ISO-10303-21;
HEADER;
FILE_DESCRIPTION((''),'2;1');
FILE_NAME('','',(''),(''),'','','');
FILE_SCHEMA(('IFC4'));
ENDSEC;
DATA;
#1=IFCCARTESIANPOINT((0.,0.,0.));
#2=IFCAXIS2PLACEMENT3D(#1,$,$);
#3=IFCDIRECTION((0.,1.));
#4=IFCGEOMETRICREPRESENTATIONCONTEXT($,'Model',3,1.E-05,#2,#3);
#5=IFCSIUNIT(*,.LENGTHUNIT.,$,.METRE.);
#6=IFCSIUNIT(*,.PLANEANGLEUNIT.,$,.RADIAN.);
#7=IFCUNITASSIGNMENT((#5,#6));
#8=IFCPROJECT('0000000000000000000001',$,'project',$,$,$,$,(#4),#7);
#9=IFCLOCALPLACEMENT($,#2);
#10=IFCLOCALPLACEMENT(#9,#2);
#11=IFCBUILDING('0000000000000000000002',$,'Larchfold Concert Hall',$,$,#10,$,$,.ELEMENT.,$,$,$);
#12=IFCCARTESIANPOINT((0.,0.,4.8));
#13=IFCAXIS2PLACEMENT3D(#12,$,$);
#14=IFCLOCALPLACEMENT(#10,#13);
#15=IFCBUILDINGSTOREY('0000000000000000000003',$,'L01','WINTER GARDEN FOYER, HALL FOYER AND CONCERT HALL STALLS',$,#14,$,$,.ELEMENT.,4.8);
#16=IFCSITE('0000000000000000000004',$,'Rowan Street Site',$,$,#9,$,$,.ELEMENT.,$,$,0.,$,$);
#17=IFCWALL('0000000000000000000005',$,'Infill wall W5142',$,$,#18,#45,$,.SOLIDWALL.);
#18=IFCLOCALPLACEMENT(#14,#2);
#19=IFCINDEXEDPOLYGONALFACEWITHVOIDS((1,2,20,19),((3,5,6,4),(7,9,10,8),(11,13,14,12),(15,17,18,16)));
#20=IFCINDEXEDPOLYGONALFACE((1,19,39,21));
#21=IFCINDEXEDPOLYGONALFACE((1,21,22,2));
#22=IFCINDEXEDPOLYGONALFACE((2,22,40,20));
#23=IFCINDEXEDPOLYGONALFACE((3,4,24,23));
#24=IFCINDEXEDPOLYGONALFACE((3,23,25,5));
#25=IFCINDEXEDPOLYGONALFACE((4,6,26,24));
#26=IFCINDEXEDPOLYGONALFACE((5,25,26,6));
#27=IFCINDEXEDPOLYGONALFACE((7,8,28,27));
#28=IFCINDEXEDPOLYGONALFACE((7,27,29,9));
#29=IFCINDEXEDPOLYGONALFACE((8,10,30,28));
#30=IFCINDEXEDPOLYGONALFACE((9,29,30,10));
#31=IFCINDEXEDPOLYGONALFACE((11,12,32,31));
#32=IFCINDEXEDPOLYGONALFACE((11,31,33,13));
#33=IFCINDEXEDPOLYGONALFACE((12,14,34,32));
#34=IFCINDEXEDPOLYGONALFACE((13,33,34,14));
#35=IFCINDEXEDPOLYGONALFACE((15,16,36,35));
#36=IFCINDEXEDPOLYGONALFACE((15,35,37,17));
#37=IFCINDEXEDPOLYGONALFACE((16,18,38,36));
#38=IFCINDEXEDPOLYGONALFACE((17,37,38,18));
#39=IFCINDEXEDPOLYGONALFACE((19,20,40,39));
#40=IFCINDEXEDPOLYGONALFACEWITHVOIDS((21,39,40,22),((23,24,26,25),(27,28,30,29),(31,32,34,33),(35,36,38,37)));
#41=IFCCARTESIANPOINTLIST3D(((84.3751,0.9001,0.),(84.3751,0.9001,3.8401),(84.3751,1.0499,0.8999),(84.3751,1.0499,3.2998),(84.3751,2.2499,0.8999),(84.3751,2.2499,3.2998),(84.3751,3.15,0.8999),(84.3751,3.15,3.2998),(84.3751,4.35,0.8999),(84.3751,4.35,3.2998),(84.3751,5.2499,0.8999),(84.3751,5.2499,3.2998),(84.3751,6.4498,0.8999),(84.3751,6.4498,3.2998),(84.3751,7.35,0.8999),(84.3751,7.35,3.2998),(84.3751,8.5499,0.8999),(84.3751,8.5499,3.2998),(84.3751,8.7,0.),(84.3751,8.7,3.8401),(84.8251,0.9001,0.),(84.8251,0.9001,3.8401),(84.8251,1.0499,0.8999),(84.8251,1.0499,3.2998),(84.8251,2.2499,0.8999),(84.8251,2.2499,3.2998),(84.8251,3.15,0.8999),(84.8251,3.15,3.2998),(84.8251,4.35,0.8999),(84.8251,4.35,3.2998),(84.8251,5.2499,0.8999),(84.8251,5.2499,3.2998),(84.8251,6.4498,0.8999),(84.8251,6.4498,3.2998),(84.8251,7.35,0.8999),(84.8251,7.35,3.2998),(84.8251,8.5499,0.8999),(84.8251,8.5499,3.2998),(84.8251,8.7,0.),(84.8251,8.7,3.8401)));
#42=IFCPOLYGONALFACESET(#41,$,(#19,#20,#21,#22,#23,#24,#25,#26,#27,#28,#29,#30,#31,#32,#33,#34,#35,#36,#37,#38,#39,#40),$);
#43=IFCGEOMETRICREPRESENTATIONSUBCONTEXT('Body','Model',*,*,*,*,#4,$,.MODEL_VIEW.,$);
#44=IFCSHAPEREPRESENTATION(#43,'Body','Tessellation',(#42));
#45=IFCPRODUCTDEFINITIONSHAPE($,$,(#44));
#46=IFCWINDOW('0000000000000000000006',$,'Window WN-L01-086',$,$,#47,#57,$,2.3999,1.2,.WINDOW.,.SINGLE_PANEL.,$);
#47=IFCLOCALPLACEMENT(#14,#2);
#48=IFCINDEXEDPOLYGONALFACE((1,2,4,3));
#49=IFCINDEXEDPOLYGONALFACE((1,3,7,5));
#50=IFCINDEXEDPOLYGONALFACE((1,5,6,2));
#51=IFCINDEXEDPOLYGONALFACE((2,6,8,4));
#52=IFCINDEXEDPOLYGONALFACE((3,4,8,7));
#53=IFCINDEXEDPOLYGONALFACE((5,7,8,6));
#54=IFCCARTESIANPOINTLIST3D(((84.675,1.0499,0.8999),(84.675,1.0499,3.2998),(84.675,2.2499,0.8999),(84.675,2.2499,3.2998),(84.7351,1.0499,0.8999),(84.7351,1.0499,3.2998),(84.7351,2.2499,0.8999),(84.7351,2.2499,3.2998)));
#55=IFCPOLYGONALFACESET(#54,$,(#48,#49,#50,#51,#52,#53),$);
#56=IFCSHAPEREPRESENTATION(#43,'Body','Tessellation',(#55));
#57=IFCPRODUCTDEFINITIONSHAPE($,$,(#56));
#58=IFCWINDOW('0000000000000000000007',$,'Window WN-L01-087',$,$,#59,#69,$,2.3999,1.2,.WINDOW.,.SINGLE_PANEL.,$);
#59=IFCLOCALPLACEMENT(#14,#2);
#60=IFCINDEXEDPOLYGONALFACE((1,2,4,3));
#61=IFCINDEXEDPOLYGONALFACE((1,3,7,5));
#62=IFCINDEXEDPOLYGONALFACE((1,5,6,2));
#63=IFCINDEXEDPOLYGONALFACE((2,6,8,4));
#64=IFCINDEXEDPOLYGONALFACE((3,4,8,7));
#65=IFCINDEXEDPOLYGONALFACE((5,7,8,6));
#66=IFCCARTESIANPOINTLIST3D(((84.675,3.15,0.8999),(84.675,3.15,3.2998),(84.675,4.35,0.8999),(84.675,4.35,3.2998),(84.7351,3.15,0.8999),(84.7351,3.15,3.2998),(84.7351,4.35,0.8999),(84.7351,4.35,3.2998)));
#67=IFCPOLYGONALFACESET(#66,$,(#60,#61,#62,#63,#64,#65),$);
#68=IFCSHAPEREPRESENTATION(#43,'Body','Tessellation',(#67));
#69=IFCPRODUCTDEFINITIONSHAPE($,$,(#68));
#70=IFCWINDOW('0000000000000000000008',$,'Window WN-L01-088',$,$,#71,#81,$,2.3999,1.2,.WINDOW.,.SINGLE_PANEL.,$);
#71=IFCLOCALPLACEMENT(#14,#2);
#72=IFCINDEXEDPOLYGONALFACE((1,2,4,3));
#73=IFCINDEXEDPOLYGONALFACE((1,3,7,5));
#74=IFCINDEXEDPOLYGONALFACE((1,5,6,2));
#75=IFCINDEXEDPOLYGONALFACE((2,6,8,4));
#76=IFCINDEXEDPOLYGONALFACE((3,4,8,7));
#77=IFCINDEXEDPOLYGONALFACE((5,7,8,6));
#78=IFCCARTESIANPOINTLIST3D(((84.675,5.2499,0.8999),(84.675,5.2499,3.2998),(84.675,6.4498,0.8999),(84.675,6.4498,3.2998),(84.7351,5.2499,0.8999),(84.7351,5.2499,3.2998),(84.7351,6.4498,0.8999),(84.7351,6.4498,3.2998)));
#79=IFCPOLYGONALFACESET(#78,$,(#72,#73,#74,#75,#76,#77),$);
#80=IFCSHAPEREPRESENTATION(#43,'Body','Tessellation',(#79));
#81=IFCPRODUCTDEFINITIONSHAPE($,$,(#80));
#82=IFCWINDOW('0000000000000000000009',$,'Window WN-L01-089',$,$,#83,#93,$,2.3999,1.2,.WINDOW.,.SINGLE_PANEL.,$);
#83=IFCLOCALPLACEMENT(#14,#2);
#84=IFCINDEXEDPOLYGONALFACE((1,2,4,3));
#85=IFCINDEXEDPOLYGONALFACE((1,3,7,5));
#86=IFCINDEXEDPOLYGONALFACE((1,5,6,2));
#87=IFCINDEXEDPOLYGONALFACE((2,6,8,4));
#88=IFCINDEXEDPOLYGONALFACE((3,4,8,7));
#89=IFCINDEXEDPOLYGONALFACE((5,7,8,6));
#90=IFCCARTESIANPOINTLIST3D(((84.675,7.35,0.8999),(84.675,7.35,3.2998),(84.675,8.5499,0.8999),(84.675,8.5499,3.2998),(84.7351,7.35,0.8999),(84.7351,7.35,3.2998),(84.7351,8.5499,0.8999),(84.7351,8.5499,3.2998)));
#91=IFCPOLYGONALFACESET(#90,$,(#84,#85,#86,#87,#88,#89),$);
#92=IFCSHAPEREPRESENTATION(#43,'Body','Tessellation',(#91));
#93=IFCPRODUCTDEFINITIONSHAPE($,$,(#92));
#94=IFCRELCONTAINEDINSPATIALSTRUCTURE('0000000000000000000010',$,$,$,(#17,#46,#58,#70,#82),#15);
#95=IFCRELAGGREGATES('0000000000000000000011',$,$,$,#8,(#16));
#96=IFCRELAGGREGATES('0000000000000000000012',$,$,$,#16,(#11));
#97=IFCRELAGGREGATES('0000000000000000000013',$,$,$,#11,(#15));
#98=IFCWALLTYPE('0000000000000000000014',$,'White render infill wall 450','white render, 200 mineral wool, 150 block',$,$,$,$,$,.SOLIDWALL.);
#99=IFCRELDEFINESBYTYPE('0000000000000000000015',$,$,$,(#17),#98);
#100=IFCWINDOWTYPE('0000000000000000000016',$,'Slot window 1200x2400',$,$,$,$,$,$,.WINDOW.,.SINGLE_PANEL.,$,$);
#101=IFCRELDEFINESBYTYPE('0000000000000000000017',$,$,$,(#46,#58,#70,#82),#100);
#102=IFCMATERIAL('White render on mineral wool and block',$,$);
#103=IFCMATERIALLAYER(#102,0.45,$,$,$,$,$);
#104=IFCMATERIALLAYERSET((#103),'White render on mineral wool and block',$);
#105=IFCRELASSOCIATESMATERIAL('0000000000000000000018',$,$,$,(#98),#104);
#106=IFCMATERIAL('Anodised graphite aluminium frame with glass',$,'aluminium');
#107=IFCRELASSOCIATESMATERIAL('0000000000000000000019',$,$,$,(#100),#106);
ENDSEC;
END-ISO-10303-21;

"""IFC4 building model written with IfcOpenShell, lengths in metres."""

from ifc_helpers import new_model, si_unit, direction, frame, frame_2d, origin, place, context, subcontext, project, spatial, rectangle, extrude, material, layer, layer_set, type_object, element, fill, save


model = new_model("IFC4")

# Units and contexts
model_context = context("Model", 3, precision=1e-05, world=origin(), true_north=direction((0.0, 1.0)))
body_context = subcontext(model_context, "Body", "Model", "MODEL_VIEW")
ifc_project = project(units=[si_unit("LENGTHUNIT", "METRE"), si_unit("PLANEANGLEUNIT", "RADIAN")], contexts=[model_context])

# Site, building, storey
site_placement = place(None, origin())
site = spatial("IfcSite", under=ifc_project, at=site_placement, Name="Rowan Street Site", CompositionType="ELEMENT", RefElevation=0.0)
building_placement = place(site_placement, origin())
building = spatial("IfcBuilding", under=site, at=building_placement, Name="Larchfold Concert Hall", CompositionType="ELEMENT")
storey_placement = place(building_placement, frame((0.0, 0.0, 4.8)))
storey = spatial("IfcBuildingStorey", under=building, at=storey_placement, Name="L01", Description="WINTER GARDEN FOYER, HALL FOYER AND CONCERT HALL STALLS", CompositionType="ELEMENT", Elevation=4.8)

# Wall, openings, windows
ifc_material_1 = material(Name="White render on mineral wool and block")
ifc_layer_1 = layer(ifc_material_1, 0.45)
ifc_layer_set_1 = layer_set([ifc_layer_1], Name="White render on mineral wool and block")
wall_type_1 = type_object("IfcWallType", Name="White render infill wall 450", Description="white render, 200 mineral wool, 150 block", PredefinedType="SOLIDWALL", material=ifc_layer_set_1)
wall_1_placement = place(storey_placement, frame((84.6001, 8.7, 0.0), z_axis=(0.0, 0.0, 1.0), x_axis=(0.0, -1.0, 0.0)))
wall_1 = element("IfcWall", 1, at=wall_1_placement, inside=storey, type_object=wall_type_1, Name="Infill wall W5142", PredefinedType="SOLIDWALL", context=body_context, shape_type="SweptSolid", body=[
    extrude(rectangle(XDim=7.7998, YDim=0.45, at=frame_2d((3.8999, 0.0))), origin(), (0.0, 0.0, 1.0), 3.8401),
])
opening_1_placement = place(wall_1_placement, frame((6.45, 0.0, 0.8999)))
opening_1 = element("IfcOpeningElement", 2, at=opening_1_placement, cuts=wall_1, PredefinedType="OPENING", context=body_context, shape_type="SweptSolid", body=[
    extrude(rectangle(XDim=1.2, YDim=2.3999, at=frame_2d((0.6001, 1.2))), frame((0.0, 0.2349, 0.0), z_axis=(0.0, -1.0, 0.0), x_axis=(1.0, 0.0, 0.0)), (0.0, 0.0, 1.0), 0.47),
])
opening_2_placement = place(wall_1_placement, frame((4.3499, 0.0, 0.8999)))
opening_2 = element("IfcOpeningElement", 3, at=opening_2_placement, cuts=wall_1, PredefinedType="OPENING", context=body_context, shape_type="SweptSolid", body=[
    extrude(rectangle(XDim=1.2, YDim=2.3999, at=frame_2d((0.6001, 1.2))), frame((0.0, 0.2349, 0.0), z_axis=(0.0, -1.0, 0.0), x_axis=(1.0, 0.0, 0.0)), (0.0, 0.0, 1.0), 0.47),
])
opening_3_placement = place(wall_1_placement, frame((2.25, 0.0, 0.8999)))
opening_3 = element("IfcOpeningElement", 4, at=opening_3_placement, cuts=wall_1, PredefinedType="OPENING", context=body_context, shape_type="SweptSolid", body=[
    extrude(rectangle(XDim=1.2, YDim=2.3999, at=frame_2d((0.6001, 1.2))), frame((0.0, 0.2349, 0.0), z_axis=(0.0, -1.0, 0.0), x_axis=(1.0, 0.0, 0.0)), (0.0, 0.0, 1.0), 0.47),
])
opening_4_placement = place(wall_1_placement, frame((0.1499, 0.0, 0.8999)))
opening_4 = element("IfcOpeningElement", 5, at=opening_4_placement, cuts=wall_1, PredefinedType="OPENING", context=body_context, shape_type="SweptSolid", body=[
    extrude(rectangle(XDim=1.2, YDim=2.3999, at=frame_2d((0.6001, 1.2))), frame((0.0, 0.2349, 0.0), z_axis=(0.0, -1.0, 0.0), x_axis=(1.0, 0.0, 0.0)), (0.0, 0.0, 1.0), 0.47),
])
ifc_material_2 = material(Name="Anodised graphite aluminium frame with glass", Category="aluminium")
window_type = type_object("IfcWindowType", Name="Slot window 1200x2400", PartitioningType="SINGLE_PANEL", PredefinedType="WINDOW", material=ifc_material_2)
window_1_placement = place(opening_1_placement, origin())
window_1 = element("IfcWindow", 6, at=window_1_placement, inside=storey, type_object=window_type, Name="Window WN-L01-086", OverallHeight=2.3999, OverallWidth=1.2, PartitioningType="SINGLE_PANEL", PredefinedType="WINDOW", context=body_context, shape_type="SweptSolid", body=[
    extrude(rectangle(XDim=1.2, YDim=2.3999, at=frame_2d((0.6001, 1.2))), frame((0.0, 0.135, 0.0), z_axis=(0.0, -1.0, 0.0), x_axis=(1.0, 0.0, 0.0)), (0.0, 0.0, 1.0), 0.0601),
])
fill(opening_1, window_1)
window_2_placement = place(opening_2_placement, origin())
window_2 = element("IfcWindow", 7, at=window_2_placement, inside=storey, type_object=window_type, Name="Window WN-L01-087", OverallHeight=2.3999, OverallWidth=1.2, PartitioningType="SINGLE_PANEL", PredefinedType="WINDOW", context=body_context, shape_type="SweptSolid", body=[
    extrude(rectangle(XDim=1.2, YDim=2.3999, at=frame_2d((0.6001, 1.2))), frame((0.0, 0.135, 0.0), z_axis=(0.0, -1.0, 0.0), x_axis=(1.0, 0.0, 0.0)), (0.0, 0.0, 1.0), 0.0601),
])
fill(opening_2, window_2)
window_3_placement = place(opening_3_placement, origin())
window_3 = element("IfcWindow", 8, at=window_3_placement, inside=storey, type_object=window_type, Name="Window WN-L01-088", OverallHeight=2.3999, OverallWidth=1.2, PartitioningType="SINGLE_PANEL", PredefinedType="WINDOW", context=body_context, shape_type="SweptSolid", body=[
    extrude(rectangle(XDim=1.2, YDim=2.3999, at=frame_2d((0.6001, 1.2))), frame((0.0, 0.135, 0.0), z_axis=(0.0, -1.0, 0.0), x_axis=(1.0, 0.0, 0.0)), (0.0, 0.0, 1.0), 0.0601),
])
fill(opening_3, window_3)
window_4_placement = place(opening_4_placement, origin())
window_4 = element("IfcWindow", 9, at=window_4_placement, inside=storey, type_object=window_type, Name="Window WN-L01-089", OverallHeight=2.3999, OverallWidth=1.2, PartitioningType="SINGLE_PANEL", PredefinedType="WINDOW", context=body_context, shape_type="SweptSolid", body=[
    extrude(rectangle(XDim=1.2, YDim=2.3999, at=frame_2d((0.6001, 1.2))), frame((0.0, 0.135, 0.0), z_axis=(0.0, -1.0, 0.0), x_axis=(1.0, 0.0, 0.0)), (0.0, 0.0, 1.0), 0.0601),
])
fill(opening_4, window_4)

save(model, "model.ifc")
